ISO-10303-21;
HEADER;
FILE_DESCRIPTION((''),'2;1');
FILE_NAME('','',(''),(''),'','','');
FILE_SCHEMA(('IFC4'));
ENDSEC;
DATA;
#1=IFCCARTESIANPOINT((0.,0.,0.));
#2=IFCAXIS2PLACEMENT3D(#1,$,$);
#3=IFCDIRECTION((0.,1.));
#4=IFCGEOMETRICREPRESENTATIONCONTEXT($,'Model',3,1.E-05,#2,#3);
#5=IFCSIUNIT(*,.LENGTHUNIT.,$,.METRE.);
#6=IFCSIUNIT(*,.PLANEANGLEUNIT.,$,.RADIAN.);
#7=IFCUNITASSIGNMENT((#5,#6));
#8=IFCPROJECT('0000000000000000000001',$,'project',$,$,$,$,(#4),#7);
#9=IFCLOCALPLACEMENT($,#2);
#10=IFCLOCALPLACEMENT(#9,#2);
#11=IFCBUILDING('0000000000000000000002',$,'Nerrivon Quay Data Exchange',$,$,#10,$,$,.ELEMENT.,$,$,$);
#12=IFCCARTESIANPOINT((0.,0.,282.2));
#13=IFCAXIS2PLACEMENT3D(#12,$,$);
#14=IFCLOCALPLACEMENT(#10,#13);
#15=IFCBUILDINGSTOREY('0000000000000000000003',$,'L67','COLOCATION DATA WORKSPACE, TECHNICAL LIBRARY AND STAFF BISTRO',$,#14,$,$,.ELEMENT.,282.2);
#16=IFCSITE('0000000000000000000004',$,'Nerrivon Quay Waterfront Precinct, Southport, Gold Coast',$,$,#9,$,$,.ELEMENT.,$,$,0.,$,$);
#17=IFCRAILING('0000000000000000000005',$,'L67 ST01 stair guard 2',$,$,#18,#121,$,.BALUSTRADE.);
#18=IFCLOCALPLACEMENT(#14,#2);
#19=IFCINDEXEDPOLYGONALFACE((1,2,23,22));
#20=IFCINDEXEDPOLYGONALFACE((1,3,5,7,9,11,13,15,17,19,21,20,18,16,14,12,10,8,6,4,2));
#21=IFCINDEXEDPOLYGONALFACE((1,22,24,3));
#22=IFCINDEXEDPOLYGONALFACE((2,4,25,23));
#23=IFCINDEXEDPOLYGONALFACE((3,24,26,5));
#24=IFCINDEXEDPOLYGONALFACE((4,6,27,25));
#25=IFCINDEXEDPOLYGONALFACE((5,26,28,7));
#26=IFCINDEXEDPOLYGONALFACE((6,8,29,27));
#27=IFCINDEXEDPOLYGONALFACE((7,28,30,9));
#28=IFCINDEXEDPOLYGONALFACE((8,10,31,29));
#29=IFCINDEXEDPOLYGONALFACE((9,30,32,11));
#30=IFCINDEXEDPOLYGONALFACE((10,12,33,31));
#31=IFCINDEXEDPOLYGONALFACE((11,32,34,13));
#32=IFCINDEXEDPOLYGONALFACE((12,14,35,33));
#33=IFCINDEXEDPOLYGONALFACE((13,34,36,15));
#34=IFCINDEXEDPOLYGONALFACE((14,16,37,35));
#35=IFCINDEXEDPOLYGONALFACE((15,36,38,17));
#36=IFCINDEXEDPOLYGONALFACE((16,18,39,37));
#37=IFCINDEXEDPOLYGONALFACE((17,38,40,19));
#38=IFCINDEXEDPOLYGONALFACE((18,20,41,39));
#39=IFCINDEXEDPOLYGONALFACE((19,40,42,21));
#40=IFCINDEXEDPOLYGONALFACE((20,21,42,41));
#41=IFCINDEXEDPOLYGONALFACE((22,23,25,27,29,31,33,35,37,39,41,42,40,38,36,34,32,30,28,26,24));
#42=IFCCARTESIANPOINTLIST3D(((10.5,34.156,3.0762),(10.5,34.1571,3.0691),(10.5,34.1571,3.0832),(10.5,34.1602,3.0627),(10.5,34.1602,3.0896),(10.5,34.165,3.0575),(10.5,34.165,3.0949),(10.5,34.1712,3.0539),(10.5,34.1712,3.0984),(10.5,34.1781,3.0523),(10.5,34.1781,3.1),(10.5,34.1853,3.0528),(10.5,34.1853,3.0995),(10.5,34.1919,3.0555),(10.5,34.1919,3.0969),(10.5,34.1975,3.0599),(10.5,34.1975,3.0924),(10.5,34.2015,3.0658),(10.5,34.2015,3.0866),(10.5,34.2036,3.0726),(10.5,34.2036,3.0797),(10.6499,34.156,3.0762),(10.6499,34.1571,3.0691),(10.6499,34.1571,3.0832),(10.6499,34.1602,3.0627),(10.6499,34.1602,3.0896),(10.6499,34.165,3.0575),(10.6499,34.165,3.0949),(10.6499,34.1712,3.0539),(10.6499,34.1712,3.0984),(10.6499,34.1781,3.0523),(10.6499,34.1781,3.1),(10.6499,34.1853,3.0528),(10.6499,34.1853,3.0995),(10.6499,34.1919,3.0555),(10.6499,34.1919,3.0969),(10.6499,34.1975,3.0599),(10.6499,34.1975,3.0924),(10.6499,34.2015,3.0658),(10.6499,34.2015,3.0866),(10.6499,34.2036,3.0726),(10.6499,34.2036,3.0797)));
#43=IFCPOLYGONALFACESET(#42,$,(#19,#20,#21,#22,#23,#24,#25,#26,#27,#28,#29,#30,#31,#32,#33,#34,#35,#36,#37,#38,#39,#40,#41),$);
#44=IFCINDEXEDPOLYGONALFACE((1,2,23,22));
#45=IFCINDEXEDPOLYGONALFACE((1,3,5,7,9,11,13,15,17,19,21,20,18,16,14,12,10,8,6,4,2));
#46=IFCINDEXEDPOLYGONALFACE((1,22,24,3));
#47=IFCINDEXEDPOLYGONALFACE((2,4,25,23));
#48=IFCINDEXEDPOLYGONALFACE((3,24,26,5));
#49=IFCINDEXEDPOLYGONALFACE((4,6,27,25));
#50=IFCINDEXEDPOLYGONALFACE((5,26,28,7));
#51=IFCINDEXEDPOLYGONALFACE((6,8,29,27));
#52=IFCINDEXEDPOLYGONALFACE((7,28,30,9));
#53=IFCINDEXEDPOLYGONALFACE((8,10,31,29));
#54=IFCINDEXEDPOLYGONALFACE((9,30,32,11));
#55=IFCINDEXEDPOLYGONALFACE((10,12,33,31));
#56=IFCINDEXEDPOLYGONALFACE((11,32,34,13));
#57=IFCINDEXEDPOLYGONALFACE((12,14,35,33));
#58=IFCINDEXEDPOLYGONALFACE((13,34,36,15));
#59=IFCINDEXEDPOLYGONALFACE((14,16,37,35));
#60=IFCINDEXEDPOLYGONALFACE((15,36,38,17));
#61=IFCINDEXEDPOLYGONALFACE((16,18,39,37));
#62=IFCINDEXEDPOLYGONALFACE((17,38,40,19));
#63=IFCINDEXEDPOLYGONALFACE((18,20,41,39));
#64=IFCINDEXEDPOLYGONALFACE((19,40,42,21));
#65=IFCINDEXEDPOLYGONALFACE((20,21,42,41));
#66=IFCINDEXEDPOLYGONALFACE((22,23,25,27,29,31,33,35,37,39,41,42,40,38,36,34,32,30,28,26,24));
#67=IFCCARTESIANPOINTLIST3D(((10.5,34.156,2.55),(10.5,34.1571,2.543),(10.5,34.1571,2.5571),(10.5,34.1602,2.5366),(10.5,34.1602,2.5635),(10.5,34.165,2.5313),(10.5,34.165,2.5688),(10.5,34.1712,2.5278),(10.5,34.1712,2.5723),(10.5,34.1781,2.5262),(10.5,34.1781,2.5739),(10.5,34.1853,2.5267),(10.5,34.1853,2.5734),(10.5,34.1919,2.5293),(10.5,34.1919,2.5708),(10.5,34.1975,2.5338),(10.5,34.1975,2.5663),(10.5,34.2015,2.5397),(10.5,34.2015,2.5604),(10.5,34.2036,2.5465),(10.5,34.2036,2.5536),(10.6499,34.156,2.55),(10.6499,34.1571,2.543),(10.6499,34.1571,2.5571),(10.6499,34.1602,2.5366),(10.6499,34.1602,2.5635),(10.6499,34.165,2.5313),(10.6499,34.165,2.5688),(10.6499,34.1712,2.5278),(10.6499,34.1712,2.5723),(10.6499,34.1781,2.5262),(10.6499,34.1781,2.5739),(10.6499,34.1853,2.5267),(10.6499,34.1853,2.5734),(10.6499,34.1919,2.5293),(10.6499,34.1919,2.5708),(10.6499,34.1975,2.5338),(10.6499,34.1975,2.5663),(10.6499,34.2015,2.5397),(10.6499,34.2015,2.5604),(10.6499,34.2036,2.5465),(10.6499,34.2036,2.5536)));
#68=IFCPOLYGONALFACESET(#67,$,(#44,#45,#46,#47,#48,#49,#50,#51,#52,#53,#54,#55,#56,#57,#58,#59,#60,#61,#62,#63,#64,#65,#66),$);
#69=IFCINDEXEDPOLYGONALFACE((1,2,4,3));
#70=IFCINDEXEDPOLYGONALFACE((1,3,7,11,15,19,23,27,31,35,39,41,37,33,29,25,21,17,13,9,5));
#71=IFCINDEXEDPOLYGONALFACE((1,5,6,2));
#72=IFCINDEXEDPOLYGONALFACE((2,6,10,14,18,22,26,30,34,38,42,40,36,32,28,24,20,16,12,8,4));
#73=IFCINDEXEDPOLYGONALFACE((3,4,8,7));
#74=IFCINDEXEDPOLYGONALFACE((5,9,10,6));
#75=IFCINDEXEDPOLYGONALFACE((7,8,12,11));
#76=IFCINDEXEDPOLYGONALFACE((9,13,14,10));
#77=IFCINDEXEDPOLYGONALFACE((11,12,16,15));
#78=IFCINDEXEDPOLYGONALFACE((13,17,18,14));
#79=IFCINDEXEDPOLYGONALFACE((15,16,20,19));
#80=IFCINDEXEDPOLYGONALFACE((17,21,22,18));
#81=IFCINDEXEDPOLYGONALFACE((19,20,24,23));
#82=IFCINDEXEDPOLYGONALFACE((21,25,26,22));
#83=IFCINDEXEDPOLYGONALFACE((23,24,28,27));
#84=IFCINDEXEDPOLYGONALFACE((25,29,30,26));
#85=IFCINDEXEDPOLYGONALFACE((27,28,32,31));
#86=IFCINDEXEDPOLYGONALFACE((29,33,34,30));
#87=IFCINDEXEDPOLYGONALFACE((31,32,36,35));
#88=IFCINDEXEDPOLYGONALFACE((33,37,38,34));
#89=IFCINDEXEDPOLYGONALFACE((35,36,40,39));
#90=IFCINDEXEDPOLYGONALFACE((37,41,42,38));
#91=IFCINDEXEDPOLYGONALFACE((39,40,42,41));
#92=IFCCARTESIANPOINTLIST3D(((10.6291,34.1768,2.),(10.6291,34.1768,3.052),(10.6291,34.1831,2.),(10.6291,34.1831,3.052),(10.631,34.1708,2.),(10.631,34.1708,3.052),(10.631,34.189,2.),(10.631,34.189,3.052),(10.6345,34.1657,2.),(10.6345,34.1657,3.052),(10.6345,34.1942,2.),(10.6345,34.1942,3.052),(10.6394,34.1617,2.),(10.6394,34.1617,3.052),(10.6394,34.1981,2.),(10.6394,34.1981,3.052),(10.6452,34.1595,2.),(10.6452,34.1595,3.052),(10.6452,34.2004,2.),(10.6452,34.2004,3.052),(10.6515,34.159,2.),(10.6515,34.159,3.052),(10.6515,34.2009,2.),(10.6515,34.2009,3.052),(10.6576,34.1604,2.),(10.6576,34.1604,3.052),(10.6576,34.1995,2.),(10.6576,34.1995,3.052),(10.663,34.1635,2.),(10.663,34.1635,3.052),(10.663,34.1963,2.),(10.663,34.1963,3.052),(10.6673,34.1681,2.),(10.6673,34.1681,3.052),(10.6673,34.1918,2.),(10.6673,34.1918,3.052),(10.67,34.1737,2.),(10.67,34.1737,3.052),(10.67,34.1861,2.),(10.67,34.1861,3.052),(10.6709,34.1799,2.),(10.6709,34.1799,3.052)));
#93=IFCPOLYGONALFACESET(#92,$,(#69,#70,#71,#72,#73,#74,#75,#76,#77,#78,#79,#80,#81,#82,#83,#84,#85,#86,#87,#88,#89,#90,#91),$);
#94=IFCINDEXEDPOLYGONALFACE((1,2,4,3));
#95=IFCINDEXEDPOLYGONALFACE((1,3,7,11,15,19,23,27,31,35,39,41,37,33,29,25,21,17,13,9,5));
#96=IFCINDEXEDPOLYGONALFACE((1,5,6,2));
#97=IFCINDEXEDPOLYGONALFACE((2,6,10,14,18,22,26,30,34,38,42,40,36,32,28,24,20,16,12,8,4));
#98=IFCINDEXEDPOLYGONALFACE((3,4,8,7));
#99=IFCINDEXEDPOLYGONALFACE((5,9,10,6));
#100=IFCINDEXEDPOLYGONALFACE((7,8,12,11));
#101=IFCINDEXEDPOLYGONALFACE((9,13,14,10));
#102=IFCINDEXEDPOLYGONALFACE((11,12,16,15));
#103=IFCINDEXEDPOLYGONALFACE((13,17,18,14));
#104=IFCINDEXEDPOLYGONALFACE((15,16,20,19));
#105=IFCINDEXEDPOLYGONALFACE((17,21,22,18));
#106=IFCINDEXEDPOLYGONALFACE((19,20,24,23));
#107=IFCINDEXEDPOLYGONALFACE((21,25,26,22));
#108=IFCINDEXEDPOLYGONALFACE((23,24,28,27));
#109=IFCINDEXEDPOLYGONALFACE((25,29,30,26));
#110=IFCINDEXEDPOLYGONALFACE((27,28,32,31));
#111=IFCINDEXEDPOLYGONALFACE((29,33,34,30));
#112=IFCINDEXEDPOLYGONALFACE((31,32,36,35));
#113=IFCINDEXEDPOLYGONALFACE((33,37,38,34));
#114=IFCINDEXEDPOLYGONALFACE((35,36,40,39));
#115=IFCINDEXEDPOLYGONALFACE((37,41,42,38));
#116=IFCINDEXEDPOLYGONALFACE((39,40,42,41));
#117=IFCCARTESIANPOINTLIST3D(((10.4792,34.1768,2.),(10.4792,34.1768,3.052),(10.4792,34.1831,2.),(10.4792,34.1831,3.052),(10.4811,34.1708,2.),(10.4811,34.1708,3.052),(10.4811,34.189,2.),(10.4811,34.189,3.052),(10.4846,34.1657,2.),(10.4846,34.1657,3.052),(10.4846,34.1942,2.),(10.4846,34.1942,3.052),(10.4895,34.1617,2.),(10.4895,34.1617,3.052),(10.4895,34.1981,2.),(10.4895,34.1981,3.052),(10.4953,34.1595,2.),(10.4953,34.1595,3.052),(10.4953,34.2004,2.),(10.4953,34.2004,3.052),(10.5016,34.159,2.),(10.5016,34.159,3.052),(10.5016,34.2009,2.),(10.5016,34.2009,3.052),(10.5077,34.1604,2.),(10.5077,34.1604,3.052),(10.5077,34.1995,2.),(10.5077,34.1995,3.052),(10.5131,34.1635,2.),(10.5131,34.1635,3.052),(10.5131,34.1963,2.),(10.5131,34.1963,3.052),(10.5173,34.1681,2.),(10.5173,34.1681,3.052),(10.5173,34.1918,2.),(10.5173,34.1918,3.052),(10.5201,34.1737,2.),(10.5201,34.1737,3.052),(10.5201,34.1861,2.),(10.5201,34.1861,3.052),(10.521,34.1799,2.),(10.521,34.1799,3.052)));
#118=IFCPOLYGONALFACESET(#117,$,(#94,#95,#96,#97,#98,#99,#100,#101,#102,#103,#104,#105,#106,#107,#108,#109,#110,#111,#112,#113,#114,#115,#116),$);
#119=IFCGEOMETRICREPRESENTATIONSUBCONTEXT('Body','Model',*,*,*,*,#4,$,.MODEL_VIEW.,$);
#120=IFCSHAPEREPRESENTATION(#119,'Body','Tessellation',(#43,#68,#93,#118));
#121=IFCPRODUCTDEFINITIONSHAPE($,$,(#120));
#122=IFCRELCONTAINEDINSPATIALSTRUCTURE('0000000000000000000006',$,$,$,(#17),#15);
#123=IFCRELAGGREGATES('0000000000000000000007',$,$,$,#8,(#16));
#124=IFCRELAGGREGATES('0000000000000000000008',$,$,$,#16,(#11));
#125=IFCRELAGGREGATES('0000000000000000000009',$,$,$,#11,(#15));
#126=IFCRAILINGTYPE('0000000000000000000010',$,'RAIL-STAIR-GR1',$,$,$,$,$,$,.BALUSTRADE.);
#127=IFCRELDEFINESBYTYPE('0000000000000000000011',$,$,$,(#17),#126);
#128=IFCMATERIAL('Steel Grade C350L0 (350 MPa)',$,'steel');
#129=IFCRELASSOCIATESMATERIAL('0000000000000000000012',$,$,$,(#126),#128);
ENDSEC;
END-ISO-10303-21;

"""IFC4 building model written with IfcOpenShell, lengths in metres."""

from ifc_helpers import new_model, si_unit, direction, frame, origin, origin_2d, place, context, subcontext, project, spatial, circle, extrude, material, type_object, element, save


model = new_model("IFC4")

# Units and contexts
model_context = context("Model", 3, precision=1e-05, world=origin(), true_north=direction((0.0, 1.0)))
body_context = subcontext(model_context, "Body", "Model", "MODEL_VIEW")
ifc_project = project(units=[si_unit("LENGTHUNIT", "METRE"), si_unit("PLANEANGLEUNIT", "RADIAN")], contexts=[model_context])

# Site, building, storey
site_placement = place(None, origin())
site = spatial("IfcSite", under=ifc_project, at=site_placement, Name="Nerrivon Quay Waterfront Precinct, Southport, Gold Coast", CompositionType="ELEMENT", RefElevation=0.0)
building_placement = place(site_placement, origin())
building = spatial("IfcBuilding", under=site, at=building_placement, Name="Nerrivon Quay Data Exchange", CompositionType="ELEMENT")
storey_placement = place(building_placement, frame((0.0, 0.0, 282.2)))
storey = spatial("IfcBuildingStorey", under=building, at=storey_placement, Name="L67", Description="COLOCATION DATA WORKSPACE, TECHNICAL LIBRARY AND STAFF BISTRO", CompositionType="ELEMENT", Elevation=282.2)

# Shared definitions
ifc_material_1 = material(Name="Steel Grade C350L0 (350 MPa)", Category="steel")

# Railing
railing_type_1 = type_object("IfcRailingType", Name="RAIL-STAIR-GR1", PredefinedType="BALUSTRADE", material=ifc_material_1)
railing_1_placement = place(storey_placement, frame((10.6499, 34.1799, 2.0)))
element("IfcRailing", 1, at=railing_1_placement, inside=storey, type_object=railing_type_1, Name="L67 ST01 stair guard 2", PredefinedType="BALUSTRADE", context=body_context, shape_type="SweptSolid", body=[
    extrude(circle(Radius=0.0239, at=origin_2d()), frame((0.0, 0.0, 1.0762), z_axis=(-1.0, 0.0, 0.0), x_axis=(0.0, -1.0, 0.0)), (0.0, 0.0, 1.0), 0.1499),
    extrude(circle(Radius=0.0239, at=origin_2d()), frame((0.0, 0.0, 0.55), z_axis=(-1.0, 0.0, 0.0), x_axis=(0.0, -1.0, 0.0)), (0.0, 0.0, 1.0), 0.1499),
    extrude(circle(Radius=0.021, at=origin_2d()), origin(), (0.0, 0.0, 1.0), 1.052),
    extrude(circle(Radius=0.021, at=origin_2d()), frame((-0.1499, 0.0, 0.0)), (0.0, 0.0, 1.0), 1.052),
])

save(model, "model.ifc")
